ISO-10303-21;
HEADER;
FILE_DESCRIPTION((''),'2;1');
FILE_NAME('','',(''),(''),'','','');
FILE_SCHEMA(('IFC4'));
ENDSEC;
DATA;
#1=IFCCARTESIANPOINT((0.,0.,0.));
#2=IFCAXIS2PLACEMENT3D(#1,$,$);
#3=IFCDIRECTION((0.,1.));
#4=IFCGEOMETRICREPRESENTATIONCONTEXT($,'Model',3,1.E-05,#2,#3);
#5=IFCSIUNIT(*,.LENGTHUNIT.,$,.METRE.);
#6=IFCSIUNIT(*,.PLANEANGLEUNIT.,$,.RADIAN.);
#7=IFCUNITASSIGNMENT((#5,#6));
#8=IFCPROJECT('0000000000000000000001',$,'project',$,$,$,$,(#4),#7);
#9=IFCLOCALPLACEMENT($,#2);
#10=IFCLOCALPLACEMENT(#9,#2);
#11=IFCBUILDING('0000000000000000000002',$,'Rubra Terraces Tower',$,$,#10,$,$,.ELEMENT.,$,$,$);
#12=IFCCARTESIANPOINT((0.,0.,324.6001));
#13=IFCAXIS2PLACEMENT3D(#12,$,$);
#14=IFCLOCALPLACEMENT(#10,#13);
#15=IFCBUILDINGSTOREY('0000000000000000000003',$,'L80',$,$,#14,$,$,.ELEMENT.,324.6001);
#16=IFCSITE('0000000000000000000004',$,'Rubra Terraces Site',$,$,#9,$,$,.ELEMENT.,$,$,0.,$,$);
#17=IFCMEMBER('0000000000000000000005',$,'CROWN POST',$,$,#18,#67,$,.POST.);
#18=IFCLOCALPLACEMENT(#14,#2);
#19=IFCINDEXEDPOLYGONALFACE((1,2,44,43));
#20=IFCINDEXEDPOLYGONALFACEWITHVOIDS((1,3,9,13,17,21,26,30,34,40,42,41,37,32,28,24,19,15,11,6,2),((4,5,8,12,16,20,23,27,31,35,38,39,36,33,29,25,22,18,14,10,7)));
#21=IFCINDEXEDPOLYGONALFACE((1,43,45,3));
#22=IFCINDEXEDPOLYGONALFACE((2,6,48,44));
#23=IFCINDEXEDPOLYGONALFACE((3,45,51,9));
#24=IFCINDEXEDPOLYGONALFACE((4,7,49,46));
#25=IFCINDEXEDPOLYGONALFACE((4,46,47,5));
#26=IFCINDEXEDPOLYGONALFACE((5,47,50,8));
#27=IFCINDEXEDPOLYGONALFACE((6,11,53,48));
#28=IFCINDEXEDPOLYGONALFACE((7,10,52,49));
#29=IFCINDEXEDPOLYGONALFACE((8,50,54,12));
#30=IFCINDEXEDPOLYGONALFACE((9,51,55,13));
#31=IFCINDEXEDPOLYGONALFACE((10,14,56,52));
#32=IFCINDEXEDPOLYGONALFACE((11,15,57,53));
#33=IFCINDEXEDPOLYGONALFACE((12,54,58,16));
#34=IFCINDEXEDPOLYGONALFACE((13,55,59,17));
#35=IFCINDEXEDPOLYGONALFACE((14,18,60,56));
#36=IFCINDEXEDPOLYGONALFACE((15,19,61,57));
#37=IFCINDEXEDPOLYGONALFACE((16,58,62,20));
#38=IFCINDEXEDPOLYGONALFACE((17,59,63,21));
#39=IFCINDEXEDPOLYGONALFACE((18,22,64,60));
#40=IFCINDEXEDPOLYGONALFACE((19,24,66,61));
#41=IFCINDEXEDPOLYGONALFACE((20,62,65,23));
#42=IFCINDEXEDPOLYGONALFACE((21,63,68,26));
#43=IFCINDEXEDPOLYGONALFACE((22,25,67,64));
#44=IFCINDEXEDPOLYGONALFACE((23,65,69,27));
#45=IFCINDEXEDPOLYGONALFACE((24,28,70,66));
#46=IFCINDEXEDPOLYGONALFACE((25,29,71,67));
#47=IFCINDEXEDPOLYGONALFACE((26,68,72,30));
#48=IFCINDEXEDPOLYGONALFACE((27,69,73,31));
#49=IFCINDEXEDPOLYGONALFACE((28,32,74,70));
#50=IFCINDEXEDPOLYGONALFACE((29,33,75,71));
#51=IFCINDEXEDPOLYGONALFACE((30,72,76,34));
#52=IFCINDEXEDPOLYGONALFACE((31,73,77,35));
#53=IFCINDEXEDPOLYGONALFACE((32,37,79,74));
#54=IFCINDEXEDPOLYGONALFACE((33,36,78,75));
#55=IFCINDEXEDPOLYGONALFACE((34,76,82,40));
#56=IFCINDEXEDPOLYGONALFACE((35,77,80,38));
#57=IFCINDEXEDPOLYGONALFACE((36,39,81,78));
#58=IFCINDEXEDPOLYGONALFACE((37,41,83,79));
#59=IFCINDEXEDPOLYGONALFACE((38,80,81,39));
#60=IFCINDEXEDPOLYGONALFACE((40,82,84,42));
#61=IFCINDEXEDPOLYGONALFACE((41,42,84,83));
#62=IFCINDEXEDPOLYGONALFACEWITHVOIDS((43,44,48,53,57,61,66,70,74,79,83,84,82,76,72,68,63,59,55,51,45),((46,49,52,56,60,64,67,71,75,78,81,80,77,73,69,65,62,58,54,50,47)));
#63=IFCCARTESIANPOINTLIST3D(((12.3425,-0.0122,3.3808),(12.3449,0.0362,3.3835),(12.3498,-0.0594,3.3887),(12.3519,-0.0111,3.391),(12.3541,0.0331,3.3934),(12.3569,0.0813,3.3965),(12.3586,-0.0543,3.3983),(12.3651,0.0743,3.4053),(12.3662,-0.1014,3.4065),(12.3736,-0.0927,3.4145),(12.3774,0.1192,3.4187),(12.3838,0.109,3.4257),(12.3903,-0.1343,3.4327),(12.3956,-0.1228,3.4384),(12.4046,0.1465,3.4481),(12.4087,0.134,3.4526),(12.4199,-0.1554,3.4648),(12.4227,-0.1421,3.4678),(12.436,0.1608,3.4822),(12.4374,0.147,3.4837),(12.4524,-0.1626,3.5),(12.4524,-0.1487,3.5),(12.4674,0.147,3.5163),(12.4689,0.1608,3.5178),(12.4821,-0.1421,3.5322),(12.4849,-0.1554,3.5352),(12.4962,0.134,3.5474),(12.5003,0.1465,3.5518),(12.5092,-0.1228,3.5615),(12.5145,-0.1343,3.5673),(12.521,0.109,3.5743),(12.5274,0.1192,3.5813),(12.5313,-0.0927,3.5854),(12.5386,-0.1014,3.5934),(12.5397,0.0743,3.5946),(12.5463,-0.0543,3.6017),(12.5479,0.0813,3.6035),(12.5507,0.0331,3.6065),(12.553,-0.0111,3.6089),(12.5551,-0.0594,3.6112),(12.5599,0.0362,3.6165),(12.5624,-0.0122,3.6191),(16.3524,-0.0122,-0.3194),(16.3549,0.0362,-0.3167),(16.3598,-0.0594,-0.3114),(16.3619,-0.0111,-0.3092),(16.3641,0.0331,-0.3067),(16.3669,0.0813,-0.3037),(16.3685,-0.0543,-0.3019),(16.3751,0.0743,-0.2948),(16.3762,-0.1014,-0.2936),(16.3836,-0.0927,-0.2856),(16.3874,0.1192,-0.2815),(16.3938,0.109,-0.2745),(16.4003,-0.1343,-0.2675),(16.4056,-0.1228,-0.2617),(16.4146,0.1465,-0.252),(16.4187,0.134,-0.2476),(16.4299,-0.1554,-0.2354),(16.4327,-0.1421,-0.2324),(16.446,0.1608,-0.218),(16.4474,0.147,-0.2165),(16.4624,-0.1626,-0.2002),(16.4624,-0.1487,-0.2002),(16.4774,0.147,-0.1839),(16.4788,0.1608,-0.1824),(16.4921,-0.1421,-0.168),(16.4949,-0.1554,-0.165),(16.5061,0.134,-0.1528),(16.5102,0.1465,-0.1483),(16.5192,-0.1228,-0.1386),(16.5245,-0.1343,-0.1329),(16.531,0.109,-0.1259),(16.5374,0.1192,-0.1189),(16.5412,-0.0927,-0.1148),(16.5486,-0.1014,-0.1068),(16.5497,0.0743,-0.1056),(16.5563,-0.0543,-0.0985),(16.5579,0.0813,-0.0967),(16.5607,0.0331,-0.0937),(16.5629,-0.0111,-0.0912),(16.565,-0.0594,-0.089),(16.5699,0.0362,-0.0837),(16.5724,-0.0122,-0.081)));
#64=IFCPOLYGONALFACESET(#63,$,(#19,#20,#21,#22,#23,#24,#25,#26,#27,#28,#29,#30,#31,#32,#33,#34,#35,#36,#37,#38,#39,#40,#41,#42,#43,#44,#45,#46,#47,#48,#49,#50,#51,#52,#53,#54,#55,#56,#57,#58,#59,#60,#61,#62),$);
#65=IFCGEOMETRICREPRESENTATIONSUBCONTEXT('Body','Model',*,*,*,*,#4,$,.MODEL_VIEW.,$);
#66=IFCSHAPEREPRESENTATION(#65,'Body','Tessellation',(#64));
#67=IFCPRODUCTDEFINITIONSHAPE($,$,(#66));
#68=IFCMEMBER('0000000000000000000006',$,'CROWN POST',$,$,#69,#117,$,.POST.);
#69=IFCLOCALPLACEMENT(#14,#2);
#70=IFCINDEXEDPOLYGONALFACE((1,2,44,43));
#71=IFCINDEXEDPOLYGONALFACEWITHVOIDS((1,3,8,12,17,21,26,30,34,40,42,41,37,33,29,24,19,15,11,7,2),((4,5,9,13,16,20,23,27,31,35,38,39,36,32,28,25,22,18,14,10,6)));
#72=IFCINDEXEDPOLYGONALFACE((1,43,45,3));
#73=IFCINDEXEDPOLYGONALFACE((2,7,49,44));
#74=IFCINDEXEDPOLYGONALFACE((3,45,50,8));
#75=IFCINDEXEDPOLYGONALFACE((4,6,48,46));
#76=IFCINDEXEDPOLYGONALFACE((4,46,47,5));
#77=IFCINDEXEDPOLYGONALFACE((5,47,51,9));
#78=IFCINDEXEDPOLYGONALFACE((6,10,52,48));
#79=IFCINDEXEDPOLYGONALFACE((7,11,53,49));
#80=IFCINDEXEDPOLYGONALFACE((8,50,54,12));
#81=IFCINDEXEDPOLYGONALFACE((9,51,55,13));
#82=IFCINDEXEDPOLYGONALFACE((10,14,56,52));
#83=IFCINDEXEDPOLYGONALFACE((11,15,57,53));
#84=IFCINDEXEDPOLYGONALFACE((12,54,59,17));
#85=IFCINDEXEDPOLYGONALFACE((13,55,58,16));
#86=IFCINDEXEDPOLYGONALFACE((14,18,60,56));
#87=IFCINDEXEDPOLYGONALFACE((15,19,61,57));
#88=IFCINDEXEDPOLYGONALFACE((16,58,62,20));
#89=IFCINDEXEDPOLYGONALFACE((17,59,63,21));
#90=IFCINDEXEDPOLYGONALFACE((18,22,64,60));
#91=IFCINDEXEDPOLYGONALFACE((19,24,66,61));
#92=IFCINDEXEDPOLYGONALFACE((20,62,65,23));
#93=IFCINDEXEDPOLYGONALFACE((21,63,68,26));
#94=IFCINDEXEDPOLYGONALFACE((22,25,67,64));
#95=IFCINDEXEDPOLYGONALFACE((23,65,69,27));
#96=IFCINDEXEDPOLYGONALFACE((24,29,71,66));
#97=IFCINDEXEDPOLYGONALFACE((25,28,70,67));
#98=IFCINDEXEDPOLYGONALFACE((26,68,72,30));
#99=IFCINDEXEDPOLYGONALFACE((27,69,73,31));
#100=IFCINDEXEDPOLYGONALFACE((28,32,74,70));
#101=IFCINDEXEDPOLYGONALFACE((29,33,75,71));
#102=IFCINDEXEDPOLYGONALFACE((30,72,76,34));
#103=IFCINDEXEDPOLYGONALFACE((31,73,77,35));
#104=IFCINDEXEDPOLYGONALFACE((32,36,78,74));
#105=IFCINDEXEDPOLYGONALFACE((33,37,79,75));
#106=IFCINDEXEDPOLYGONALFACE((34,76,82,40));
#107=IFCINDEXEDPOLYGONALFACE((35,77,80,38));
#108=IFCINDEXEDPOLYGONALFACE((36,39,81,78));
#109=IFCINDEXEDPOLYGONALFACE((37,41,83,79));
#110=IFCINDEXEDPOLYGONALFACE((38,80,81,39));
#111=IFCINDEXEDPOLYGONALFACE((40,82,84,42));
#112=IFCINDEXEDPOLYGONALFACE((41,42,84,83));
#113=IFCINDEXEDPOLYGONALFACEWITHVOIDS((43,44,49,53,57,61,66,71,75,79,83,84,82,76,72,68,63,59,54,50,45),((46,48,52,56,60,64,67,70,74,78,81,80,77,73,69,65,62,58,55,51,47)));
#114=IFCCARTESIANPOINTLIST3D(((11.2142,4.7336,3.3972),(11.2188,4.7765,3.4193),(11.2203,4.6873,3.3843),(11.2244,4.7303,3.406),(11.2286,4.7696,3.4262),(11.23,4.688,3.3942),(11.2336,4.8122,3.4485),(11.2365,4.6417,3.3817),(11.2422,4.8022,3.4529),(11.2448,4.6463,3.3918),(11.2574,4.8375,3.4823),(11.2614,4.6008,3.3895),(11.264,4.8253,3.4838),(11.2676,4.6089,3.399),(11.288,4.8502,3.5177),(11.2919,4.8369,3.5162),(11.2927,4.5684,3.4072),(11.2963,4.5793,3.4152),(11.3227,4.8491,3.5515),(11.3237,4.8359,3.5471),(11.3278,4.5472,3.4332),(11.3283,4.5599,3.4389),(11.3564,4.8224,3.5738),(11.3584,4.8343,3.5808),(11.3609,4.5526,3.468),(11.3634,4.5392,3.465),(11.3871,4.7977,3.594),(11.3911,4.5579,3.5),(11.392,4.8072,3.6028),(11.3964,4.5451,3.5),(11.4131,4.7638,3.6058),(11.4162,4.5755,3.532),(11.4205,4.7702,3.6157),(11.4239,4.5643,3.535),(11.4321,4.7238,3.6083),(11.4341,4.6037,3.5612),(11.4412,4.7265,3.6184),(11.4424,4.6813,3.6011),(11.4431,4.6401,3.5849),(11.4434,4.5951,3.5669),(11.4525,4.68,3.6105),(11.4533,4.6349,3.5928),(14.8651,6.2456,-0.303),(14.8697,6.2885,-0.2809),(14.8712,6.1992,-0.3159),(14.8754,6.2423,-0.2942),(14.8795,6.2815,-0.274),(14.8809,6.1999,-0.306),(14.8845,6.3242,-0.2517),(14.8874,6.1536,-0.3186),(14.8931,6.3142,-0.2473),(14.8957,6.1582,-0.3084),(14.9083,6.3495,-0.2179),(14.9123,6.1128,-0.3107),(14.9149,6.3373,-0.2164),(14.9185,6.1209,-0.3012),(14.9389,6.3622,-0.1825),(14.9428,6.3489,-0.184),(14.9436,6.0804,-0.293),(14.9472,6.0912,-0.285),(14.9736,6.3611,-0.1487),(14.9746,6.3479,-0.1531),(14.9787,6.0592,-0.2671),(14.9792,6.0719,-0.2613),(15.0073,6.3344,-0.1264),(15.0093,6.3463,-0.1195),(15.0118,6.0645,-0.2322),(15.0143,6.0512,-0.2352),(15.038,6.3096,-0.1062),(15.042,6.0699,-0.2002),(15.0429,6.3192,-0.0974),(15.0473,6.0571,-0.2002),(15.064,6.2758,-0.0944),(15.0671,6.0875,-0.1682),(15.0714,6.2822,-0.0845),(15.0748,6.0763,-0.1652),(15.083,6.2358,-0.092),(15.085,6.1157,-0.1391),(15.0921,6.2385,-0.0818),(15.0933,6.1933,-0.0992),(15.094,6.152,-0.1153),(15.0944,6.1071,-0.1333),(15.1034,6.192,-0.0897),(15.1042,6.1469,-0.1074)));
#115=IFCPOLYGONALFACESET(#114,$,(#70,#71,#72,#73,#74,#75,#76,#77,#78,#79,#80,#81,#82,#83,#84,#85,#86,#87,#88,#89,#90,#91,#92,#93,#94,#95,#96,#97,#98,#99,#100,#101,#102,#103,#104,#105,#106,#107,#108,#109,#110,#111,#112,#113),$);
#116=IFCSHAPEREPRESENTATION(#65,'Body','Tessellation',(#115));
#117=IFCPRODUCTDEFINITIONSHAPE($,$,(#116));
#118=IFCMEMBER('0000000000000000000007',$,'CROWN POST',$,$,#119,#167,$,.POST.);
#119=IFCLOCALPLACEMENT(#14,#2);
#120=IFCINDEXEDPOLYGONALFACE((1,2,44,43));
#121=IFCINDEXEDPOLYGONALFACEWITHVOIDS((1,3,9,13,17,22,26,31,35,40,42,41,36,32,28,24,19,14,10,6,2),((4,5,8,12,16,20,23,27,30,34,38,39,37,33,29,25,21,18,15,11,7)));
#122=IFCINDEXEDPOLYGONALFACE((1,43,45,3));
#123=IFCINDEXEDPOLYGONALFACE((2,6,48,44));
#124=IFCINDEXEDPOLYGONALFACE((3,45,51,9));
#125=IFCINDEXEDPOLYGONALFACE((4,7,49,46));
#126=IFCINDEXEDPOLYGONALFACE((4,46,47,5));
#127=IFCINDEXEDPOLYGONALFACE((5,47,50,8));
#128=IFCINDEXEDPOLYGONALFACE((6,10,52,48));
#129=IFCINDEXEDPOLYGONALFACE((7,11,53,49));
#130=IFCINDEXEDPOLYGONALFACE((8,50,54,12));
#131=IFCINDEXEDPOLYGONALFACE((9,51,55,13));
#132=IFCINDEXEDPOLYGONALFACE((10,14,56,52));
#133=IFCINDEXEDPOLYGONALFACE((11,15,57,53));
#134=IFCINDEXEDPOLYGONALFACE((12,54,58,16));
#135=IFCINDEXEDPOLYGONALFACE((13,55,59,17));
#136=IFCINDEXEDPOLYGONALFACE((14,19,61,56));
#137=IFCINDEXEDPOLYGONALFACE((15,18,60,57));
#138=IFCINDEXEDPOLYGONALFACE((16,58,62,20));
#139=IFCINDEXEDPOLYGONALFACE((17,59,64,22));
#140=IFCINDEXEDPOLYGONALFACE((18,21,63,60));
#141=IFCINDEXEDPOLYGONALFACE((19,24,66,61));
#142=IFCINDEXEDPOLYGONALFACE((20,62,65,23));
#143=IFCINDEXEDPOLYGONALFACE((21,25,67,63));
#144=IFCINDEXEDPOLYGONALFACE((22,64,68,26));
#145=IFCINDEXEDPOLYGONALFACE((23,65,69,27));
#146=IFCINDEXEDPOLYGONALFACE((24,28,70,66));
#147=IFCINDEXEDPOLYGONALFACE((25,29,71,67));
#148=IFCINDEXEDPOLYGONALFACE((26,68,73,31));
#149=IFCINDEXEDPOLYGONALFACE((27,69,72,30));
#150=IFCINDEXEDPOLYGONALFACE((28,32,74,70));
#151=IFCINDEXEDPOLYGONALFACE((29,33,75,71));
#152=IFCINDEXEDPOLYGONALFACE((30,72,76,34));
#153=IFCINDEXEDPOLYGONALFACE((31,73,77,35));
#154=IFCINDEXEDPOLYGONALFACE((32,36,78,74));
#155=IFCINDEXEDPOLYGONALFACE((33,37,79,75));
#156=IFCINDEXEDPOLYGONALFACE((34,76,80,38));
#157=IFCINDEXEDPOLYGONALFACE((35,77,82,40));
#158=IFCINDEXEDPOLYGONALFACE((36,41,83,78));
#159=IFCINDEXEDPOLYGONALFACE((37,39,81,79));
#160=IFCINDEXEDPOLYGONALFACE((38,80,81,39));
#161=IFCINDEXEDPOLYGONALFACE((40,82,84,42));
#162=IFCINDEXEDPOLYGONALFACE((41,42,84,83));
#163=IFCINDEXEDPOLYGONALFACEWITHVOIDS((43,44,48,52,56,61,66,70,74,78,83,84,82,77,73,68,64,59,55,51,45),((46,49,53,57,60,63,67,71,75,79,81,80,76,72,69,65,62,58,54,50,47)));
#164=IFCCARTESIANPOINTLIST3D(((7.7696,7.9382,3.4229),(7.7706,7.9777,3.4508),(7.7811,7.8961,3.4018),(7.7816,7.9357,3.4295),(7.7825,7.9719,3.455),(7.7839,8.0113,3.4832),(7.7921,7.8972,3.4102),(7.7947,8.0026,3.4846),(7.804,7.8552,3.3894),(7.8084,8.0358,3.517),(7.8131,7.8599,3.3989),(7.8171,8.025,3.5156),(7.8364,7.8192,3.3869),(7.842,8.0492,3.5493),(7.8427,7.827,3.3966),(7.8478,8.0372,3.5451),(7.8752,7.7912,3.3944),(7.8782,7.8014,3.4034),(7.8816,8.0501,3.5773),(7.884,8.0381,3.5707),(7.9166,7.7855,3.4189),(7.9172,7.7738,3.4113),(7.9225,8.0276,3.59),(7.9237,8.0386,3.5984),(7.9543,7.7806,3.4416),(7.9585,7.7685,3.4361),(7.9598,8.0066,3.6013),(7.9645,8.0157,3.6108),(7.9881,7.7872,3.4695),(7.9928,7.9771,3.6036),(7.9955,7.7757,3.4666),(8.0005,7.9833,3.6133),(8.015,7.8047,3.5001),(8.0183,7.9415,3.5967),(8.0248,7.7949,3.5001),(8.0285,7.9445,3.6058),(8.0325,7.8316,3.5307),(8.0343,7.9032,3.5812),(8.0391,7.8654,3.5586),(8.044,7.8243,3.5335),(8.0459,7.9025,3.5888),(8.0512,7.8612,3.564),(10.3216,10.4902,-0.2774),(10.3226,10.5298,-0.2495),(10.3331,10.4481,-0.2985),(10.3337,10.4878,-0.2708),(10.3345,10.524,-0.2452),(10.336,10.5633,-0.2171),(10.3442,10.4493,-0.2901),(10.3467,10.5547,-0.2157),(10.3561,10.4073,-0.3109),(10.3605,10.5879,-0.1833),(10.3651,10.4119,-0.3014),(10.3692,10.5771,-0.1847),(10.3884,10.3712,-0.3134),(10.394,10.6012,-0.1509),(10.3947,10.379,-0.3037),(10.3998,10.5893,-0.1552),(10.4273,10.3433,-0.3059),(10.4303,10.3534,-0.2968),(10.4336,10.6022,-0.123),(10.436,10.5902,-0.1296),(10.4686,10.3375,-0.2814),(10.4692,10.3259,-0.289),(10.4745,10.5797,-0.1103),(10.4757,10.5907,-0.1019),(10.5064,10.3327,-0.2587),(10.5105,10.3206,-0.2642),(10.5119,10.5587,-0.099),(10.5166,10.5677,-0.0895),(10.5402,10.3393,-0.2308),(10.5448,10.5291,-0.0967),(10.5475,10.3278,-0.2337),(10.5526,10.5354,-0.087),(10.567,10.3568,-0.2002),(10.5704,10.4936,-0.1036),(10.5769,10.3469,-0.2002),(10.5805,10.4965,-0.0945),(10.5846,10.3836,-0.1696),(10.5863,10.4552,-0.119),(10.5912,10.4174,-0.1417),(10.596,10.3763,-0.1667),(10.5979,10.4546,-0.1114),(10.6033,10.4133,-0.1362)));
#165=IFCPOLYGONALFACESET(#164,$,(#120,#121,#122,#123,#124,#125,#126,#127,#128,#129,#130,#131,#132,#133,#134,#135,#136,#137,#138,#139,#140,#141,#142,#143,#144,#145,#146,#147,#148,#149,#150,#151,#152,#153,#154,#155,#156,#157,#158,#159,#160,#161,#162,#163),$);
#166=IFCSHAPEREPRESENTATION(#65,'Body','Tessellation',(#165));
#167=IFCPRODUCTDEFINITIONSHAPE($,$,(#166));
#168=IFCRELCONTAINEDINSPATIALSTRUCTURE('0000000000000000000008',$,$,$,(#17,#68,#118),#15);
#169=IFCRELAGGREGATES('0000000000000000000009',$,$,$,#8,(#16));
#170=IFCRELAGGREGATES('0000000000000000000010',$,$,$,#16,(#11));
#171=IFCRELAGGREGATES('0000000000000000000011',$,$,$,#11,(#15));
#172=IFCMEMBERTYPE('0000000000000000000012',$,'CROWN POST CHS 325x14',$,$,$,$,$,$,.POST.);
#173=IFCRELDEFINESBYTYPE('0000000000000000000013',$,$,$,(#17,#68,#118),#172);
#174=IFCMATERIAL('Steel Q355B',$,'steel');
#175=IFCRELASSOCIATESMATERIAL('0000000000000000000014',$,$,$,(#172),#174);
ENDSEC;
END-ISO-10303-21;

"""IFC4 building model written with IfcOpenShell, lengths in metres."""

from ifc_helpers import new_model, si_unit, direction, frame, origin, origin_2d, place, context, subcontext, project, spatial, hollow_circle, extrude, material, material_profile, profile_set, type_object, element, save


model = new_model("IFC4")

# Units and contexts
model_context = context("Model", 3, precision=1e-05, world=origin(), true_north=direction((0.0, 1.0)))
body_context = subcontext(model_context, "Body", "Model", "MODEL_VIEW")
ifc_project = project(units=[si_unit("LENGTHUNIT", "METRE"), si_unit("PLANEANGLEUNIT", "RADIAN")], contexts=[model_context])

# Site, building, storey
site_placement = place(None, origin())
site = spatial("IfcSite", under=ifc_project, at=site_placement, Name="Rubra Terraces Site", CompositionType="ELEMENT", RefElevation=0.0)
building_placement = place(site_placement, origin())
building = spatial("IfcBuilding", under=site, at=building_placement, Name="Rubra Terraces Tower", CompositionType="ELEMENT")
storey_placement = place(building_placement, frame((0.0, 0.0, 324.6001)))
storey = spatial("IfcBuildingStorey", under=building, at=storey_placement, Name="L80", CompositionType="ELEMENT", Elevation=324.6001)

# Members
ifc_material_1 = material(Name="Steel Q355B", Category="steel")
ifc_material_profile_1 = material_profile(ifc_material_1, hollow_circle(Radius=0.1626, WallThickness=0.0139, at=origin_2d()), Name="CHS 325x14")
ifc_profile_set_1 = profile_set([ifc_material_profile_1], Name="Steel Q355B")
member_type_1 = type_object("IfcMemberType", Name="CROWN POST CHS 325x14", PredefinedType="POST", material=ifc_profile_set_1)
member_1_placement = place(storey_placement, frame((16.4624, 0.0, -0.2002), z_axis=(-0.734927, 0.0, 0.678146), x_axis=(0.0, -1.0, 0.0)))
element("IfcMember", 1, at=member_1_placement, inside=storey, type_object=member_type_1, Name="CROWN POST", PredefinedType="POST", context=body_context, shape_type="SweptSolid", body=[
    extrude(hollow_circle(Radius=0.1626, WallThickness=0.0139, at=origin_2d()), origin(), (0.0, 0.0, 1.0), 5.4563),
])
member_2_placement = place(storey_placement, frame((14.9851, 6.2073, -0.2002), z_axis=(-0.674398, -0.279293, 0.683508), x_axis=(0.382623, -0.923905, 0.0)))
element("IfcMember", 2, at=member_2_placement, inside=storey, type_object=member_type_1, Name="CROWN POST", PredefinedType="POST", context=body_context, shape_type="SweptSolid", body=[
    extrude(hollow_circle(Radius=0.1626, WallThickness=0.0139, at=origin_2d()), origin(), (0.0, 0.0, 1.0), 5.4136),
])
member_3_placement = place(storey_placement, frame((10.4619, 10.4619, -0.2002), z_axis=(-0.493728, -0.493728, 0.715866), x_axis=(0.707107, -0.707107, 0.0)))
element("IfcMember", 3, at=member_3_placement, inside=storey, type_object=member_type_1, Name="CROWN POST", PredefinedType="POST", context=body_context, shape_type="SweptSolid", body=[
    extrude(hollow_circle(Radius=0.1626, WallThickness=0.0139, at=origin_2d()), origin(), (0.0, 0.0, 1.0), 5.1689),
])

save(model, "model.ifc")
